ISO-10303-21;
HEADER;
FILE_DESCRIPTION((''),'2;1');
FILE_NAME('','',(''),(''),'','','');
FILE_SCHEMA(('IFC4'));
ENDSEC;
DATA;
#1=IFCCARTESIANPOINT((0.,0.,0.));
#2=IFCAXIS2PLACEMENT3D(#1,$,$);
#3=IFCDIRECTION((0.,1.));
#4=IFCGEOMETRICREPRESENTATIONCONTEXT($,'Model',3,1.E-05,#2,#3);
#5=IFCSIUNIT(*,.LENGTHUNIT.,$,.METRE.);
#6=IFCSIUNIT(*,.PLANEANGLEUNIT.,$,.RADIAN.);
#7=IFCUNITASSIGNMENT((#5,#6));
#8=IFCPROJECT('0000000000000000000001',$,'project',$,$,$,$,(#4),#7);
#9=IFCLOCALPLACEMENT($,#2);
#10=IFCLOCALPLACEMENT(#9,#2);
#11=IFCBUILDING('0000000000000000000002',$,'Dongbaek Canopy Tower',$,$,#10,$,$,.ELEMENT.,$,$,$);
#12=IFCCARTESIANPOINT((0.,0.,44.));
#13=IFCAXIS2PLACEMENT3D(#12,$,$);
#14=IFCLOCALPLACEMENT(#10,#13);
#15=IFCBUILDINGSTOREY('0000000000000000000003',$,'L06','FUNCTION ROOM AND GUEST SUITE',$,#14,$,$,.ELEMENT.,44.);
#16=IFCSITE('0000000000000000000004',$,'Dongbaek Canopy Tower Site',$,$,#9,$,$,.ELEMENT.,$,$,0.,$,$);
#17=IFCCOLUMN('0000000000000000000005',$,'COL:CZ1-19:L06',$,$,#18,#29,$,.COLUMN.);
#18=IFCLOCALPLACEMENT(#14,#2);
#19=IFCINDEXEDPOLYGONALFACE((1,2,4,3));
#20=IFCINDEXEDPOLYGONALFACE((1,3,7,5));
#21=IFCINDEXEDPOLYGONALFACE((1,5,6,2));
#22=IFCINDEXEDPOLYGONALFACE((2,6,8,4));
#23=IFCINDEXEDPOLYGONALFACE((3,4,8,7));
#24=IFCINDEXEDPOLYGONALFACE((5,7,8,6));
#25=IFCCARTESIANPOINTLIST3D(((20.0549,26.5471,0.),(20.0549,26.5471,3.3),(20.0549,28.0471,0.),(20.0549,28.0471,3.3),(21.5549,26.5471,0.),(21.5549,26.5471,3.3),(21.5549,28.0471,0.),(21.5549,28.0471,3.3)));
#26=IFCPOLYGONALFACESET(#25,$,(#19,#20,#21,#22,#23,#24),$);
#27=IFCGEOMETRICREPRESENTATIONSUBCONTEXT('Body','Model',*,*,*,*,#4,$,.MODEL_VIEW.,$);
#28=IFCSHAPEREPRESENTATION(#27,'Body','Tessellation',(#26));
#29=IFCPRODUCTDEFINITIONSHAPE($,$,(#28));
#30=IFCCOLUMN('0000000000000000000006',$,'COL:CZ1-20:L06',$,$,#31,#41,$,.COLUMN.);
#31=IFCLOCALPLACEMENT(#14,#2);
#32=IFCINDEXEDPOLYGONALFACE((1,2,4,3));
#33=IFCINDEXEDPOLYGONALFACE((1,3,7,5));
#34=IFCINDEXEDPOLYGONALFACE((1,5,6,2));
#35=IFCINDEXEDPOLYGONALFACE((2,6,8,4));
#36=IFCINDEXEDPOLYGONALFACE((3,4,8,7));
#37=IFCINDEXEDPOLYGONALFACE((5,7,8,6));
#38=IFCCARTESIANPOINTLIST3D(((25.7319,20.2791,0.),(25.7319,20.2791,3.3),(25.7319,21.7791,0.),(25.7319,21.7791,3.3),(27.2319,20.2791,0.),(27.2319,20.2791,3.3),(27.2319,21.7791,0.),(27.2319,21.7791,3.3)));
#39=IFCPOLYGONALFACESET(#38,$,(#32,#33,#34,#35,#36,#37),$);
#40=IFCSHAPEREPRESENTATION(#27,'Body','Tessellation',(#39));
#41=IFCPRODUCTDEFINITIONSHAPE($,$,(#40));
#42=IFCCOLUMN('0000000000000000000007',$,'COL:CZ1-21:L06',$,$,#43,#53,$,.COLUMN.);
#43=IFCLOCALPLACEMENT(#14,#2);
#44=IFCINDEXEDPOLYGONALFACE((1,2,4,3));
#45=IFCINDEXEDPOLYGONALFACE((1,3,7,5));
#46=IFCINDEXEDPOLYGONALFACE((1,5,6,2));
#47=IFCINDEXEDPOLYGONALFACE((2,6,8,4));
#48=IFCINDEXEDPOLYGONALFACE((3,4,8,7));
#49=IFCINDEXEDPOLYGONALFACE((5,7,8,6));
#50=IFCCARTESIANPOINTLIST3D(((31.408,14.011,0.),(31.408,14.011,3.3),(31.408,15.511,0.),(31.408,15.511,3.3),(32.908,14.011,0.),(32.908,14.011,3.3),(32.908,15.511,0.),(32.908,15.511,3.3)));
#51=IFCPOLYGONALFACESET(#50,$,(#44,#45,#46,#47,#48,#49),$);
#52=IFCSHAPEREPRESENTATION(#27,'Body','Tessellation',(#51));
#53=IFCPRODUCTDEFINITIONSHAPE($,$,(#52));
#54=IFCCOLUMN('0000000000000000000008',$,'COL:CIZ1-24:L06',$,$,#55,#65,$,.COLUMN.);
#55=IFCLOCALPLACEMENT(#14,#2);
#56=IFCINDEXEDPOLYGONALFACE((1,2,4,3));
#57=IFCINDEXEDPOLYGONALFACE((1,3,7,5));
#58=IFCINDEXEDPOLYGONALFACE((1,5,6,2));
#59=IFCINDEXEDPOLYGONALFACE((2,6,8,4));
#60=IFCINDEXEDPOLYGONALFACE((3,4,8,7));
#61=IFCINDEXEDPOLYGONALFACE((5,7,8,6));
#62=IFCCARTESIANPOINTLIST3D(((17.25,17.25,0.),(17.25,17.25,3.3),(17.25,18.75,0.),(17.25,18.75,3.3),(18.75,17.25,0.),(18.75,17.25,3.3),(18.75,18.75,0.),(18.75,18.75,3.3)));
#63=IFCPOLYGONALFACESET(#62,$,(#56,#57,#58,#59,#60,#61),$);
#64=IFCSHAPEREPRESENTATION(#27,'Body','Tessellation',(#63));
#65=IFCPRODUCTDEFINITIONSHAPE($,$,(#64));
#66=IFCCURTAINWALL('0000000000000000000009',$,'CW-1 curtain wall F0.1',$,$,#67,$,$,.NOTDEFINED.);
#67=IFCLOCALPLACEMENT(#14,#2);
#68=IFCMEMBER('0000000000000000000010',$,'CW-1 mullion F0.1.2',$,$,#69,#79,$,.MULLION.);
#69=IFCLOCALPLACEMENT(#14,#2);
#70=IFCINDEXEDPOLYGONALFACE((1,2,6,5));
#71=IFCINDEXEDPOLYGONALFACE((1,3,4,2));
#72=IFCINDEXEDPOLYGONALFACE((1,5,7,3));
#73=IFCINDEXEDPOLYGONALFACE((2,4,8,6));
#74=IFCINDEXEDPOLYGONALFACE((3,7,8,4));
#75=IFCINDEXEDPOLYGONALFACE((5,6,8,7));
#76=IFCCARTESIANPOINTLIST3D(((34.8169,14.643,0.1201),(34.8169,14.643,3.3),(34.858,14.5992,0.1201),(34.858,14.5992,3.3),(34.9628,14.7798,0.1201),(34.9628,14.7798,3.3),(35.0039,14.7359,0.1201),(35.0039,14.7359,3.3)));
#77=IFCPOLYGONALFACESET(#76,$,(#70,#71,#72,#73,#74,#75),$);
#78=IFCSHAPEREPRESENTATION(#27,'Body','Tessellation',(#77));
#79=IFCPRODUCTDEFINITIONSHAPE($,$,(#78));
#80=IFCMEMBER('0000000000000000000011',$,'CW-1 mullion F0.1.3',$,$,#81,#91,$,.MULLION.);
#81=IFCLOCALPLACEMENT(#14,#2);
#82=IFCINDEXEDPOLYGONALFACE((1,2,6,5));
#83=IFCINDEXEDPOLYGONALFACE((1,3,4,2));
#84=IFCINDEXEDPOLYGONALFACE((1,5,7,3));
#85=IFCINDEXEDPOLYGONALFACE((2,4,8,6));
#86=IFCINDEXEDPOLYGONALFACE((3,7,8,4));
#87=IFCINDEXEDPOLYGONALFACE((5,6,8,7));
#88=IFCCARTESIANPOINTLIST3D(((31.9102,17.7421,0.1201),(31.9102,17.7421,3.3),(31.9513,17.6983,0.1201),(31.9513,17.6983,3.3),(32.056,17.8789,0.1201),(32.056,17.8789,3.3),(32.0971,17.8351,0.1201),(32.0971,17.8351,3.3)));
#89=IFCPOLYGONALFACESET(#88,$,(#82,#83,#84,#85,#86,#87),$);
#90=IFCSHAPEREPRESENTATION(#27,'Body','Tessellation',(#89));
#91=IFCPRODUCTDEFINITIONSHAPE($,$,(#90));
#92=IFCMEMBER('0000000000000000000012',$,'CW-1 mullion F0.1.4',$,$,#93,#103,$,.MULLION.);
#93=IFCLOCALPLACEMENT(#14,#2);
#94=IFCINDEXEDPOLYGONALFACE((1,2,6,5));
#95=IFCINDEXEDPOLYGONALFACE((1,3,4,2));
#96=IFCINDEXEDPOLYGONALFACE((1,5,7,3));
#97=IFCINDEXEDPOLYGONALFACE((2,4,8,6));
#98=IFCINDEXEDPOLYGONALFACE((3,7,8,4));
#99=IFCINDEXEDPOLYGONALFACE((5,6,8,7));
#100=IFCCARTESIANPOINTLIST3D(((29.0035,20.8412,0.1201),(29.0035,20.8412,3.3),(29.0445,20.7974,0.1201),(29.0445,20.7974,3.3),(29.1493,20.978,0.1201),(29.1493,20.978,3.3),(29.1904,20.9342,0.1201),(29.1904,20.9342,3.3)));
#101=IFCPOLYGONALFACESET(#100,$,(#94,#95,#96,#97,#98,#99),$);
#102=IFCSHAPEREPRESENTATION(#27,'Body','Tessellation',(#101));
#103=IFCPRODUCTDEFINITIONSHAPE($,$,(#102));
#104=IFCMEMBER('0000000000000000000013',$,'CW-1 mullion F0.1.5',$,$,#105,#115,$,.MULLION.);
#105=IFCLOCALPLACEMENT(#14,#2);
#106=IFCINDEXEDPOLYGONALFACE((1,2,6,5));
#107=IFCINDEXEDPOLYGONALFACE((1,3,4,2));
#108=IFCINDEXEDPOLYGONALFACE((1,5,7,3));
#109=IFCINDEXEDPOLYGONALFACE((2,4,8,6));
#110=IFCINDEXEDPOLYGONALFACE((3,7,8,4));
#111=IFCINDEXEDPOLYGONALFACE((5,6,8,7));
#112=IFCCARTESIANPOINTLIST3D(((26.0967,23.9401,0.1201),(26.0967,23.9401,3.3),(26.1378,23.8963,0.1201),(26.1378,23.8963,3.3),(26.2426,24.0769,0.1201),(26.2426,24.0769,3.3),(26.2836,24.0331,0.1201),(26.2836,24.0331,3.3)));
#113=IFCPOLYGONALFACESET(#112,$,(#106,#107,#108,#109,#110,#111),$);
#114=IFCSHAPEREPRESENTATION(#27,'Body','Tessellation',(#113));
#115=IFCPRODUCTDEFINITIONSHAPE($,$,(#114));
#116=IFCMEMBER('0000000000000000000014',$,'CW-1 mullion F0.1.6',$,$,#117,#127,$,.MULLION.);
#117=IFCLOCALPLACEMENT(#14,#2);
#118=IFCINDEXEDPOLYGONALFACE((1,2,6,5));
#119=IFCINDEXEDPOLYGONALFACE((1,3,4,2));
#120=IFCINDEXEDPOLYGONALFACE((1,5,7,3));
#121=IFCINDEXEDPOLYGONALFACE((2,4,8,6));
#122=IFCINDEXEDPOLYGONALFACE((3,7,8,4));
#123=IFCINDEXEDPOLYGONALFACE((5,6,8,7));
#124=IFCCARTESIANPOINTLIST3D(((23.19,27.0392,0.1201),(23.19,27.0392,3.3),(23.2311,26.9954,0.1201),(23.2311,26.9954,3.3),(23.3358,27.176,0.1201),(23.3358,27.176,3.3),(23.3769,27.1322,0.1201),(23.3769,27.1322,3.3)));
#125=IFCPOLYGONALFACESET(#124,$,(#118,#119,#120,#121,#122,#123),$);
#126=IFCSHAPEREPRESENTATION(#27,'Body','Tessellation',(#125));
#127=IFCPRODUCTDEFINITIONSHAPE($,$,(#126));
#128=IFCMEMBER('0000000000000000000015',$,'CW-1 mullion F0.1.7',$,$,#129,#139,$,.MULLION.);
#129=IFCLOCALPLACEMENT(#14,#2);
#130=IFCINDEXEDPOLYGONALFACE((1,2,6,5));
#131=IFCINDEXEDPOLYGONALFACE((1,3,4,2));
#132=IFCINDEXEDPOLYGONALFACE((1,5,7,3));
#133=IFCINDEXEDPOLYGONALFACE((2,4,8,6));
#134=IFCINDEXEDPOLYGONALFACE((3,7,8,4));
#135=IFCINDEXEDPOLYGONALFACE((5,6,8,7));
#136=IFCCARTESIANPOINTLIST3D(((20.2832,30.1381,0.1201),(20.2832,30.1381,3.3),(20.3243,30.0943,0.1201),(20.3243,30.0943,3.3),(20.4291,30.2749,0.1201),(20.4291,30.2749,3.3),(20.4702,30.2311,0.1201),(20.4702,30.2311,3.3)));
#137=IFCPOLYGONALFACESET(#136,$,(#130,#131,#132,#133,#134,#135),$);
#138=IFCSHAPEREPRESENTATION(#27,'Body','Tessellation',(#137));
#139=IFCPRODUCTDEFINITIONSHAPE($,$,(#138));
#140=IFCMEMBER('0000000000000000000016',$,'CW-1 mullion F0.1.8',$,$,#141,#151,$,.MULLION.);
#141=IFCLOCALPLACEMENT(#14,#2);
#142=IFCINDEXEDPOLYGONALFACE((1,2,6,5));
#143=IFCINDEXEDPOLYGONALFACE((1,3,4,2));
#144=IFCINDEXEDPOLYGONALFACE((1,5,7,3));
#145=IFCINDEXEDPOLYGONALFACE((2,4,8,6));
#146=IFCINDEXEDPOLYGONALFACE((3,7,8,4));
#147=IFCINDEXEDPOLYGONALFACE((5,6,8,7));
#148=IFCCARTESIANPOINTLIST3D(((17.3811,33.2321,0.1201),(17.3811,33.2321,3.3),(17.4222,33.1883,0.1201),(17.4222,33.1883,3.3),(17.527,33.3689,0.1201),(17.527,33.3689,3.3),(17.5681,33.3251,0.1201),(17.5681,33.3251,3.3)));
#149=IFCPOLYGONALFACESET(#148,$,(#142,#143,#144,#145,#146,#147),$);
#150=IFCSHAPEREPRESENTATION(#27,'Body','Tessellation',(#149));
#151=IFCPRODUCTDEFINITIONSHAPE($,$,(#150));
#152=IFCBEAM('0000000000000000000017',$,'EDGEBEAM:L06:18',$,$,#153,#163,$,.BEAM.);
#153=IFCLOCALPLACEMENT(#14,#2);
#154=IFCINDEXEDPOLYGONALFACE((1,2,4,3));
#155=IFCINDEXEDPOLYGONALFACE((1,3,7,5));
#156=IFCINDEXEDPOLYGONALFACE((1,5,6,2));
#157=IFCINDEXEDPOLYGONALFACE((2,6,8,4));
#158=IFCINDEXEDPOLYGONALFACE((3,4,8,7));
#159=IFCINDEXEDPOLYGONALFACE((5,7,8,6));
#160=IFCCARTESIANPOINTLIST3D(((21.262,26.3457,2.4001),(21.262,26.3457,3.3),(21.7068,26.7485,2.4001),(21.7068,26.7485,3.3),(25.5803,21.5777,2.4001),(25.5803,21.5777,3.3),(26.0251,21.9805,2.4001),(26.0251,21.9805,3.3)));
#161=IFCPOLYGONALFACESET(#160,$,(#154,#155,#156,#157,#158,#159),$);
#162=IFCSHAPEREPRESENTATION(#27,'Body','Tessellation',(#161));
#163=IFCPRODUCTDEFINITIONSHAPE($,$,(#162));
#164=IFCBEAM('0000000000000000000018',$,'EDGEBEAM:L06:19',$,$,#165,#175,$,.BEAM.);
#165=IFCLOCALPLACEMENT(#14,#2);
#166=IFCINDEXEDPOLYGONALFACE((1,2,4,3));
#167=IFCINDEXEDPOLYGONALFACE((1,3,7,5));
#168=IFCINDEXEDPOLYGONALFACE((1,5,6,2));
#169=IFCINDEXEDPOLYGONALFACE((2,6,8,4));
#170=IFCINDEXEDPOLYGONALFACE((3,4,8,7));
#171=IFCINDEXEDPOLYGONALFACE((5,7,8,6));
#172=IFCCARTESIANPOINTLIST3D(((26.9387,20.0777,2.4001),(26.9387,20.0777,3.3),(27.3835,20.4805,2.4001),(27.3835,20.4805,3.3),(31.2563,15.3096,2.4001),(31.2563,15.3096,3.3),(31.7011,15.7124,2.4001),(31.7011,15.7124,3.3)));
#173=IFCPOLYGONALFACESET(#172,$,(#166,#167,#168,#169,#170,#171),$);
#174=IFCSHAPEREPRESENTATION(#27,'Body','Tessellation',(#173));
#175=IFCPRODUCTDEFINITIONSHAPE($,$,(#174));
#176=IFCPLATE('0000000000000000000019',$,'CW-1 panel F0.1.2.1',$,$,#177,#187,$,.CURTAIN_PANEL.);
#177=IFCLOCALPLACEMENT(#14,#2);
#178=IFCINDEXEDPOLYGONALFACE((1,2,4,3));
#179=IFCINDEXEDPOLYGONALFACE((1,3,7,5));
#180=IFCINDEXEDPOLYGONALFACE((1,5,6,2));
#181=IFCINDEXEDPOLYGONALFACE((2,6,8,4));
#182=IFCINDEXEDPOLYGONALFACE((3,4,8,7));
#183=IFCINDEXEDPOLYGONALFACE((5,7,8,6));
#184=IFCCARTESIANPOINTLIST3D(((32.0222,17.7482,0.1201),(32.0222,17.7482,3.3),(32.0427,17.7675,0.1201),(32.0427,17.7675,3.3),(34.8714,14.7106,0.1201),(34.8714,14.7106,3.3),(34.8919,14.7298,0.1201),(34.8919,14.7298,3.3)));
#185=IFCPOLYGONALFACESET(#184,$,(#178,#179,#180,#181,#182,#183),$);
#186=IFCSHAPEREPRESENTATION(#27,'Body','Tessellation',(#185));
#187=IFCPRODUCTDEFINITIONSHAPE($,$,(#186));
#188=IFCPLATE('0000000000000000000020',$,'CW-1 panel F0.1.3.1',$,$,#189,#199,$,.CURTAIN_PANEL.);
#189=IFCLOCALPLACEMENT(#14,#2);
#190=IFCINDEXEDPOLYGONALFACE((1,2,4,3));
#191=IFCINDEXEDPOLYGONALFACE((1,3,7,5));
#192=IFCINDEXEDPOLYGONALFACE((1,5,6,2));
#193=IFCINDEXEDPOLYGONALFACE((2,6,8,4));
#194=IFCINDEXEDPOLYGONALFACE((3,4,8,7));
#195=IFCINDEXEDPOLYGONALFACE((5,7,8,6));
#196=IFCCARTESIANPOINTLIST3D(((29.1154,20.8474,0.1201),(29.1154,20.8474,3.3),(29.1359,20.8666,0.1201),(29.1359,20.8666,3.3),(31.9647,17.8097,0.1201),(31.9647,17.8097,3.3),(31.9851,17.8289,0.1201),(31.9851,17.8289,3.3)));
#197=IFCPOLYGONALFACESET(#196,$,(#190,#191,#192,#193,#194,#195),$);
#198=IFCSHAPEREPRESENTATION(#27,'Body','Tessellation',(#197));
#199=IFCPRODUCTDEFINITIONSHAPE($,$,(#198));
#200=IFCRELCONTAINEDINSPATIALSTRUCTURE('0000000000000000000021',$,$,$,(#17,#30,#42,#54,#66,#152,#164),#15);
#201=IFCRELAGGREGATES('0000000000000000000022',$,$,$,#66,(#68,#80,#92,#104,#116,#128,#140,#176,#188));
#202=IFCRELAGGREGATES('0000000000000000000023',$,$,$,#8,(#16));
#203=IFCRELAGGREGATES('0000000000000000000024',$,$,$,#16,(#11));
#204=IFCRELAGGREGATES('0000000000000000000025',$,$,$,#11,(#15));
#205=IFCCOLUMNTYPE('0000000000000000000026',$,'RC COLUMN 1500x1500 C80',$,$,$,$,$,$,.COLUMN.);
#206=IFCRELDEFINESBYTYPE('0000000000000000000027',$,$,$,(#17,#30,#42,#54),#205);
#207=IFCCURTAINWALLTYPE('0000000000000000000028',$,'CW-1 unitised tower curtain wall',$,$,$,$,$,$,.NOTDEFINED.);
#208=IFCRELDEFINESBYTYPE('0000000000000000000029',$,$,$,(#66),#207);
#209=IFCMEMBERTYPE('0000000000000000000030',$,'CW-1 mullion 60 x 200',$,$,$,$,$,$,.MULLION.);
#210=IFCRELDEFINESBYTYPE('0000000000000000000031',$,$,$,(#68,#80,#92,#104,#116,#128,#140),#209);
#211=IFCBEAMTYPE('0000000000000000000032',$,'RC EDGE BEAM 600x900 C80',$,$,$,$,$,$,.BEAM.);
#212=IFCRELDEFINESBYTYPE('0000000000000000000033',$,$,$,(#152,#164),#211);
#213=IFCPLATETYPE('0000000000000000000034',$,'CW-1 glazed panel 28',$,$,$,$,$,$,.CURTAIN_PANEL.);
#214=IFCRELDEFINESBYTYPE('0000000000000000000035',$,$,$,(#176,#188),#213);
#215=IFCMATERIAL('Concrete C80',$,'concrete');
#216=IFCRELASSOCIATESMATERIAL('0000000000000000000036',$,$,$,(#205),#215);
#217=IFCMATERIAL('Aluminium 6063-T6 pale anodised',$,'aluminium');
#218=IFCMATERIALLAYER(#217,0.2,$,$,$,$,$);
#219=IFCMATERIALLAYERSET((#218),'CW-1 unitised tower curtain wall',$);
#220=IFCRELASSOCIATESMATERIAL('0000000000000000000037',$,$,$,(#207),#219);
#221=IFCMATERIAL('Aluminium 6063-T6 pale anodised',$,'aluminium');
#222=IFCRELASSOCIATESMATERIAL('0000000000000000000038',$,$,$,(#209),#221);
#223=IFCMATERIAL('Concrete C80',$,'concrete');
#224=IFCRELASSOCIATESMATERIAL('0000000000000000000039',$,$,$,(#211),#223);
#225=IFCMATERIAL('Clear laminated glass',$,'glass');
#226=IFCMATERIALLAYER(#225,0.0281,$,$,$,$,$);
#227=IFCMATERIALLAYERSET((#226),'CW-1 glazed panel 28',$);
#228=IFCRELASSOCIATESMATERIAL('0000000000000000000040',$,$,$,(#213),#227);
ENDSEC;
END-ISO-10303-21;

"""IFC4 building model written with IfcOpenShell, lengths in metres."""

from ifc_helpers import new_model, si_unit, direction, frame, origin, origin_2d, place, context, subcontext, project, spatial, rectangle, extrude, material, layer, layer_set, material_profile, profile_set, type_object, element, aggregate, save


model = new_model("IFC4")

# Units and contexts
model_context = context("Model", 3, precision=1e-05, world=origin(), true_north=direction((0.0, 1.0)))
body_context = subcontext(model_context, "Body", "Model", "MODEL_VIEW")
ifc_project = project(units=[si_unit("LENGTHUNIT", "METRE"), si_unit("PLANEANGLEUNIT", "RADIAN")], contexts=[model_context])

# Site, building, storey
site_placement = place(None, origin())
site = spatial("IfcSite", under=ifc_project, at=site_placement, Name="Dongbaek Canopy Tower Site", CompositionType="ELEMENT", RefElevation=0.0)
building_placement = place(site_placement, origin())
building = spatial("IfcBuilding", under=site, at=building_placement, Name="Dongbaek Canopy Tower", CompositionType="ELEMENT")
storey_placement = place(building_placement, frame((0.0, 0.0, 44.0)))
storey = spatial("IfcBuildingStorey", under=building, at=storey_placement, Name="L06", Description="FUNCTION ROOM AND GUEST SUITE", CompositionType="ELEMENT", Elevation=44.0)

# Columns
ifc_material_1 = material(Name="Concrete C80", Category="concrete")
ifc_material_profile_1 = material_profile(ifc_material_1, rectangle(XDim=1.5, YDim=1.5, at=origin_2d()), Name="RC COLUMN 1500x1500 C80")
ifc_profile_set_1 = profile_set([ifc_material_profile_1], Name="Concrete C80")
column_type = type_object("IfcColumnType", Name="RC COLUMN 1500x1500 C80", PredefinedType="COLUMN", material=ifc_profile_set_1)
for number, where, z_axis, x_axis, name in (
    (1, (20.8049, 27.2971, 0.0), (0.0, 0.0, 1.0), (1.0, 0.0, 0.0), "COL:CZ1-19:L06"),
    (2, (26.4819, 21.0291, 0.0), (0.0, 0.0, 1.0), (1.0, 0.0, 0.0), "COL:CZ1-20:L06"),
    (3, (32.158, 14.761, 0.0), (0.0, 0.0, 1.0), (1.0, 0.0, 0.0), "COL:CZ1-21:L06"),
    (4, (18.0, 18.0, 0.0), (0.0, 0.0, 1.0), (1.0, 0.0, 0.0), "COL:CIZ1-24:L06"),
):
    element("IfcColumn", number, at=place(storey_placement, frame(where, z_axis=z_axis, x_axis=x_axis)), inside=storey, type_object=column_type, Name=name, PredefinedType="COLUMN", context=body_context, shape_type="SweptSolid", body=[
        extrude(rectangle(XDim=1.5, YDim=1.5, at=origin_2d()), origin(), (0.0, 0.0, 1.0), 3.3),
    ])

# Curtain wall, members
ifc_material_2 = material(Name="Aluminium 6063-T6 pale anodised", Category="aluminium")
ifc_layer_1 = layer(ifc_material_2, 0.2)
ifc_layer_set_1 = layer_set([ifc_layer_1], Name="CW-1 unitised tower curtain wall")
curtain_wall_type = type_object("IfcCurtainWallType", Name="CW-1 unitised tower curtain wall", PredefinedType="NOTDEFINED", material=ifc_layer_set_1)
curtain_wall_placement = place(storey_placement, origin())
curtain_wall = element("IfcCurtainWall", 5, at=curtain_wall_placement, inside=storey, type_object=curtain_wall_type, Name="CW-1 curtain wall F0.1", PredefinedType="NOTDEFINED")
ifc_material_3 = material(Name="Aluminium 6063-T6 pale anodised", Category="aluminium")
ifc_material_profile_2 = material_profile(ifc_material_3, rectangle(XDim=0.2, YDim=0.0601, at=origin_2d()), Name="CW-1 mullion 60 x 200")
ifc_profile_set_2 = profile_set([ifc_material_profile_2], Name="Aluminium 6063-T6 pale anodised")
member_type = type_object("IfcMemberType", Name="CW-1 mullion 60 x 200", PredefinedType="MULLION", material=ifc_profile_set_2)
member_1_placement = place(storey_placement, frame((34.9104, 14.6895, 0.1201), z_axis=(0.0, 0.0, 1.0), x_axis=(0.729369, 0.68412, 0.0)))
member_1 = element("IfcMember", 6, at=member_1_placement, type_object=member_type, Name="CW-1 mullion F0.1.2", PredefinedType="MULLION", context=body_context, shape_type="SweptSolid", body=[
    extrude(rectangle(XDim=0.2, YDim=0.0601, at=origin_2d()), origin(), (0.0, 0.0, 1.0), 3.1799),
])
member_2_placement = place(storey_placement, frame((32.0037, 17.7886, 0.1201), z_axis=(0.0, 0.0, 1.0), x_axis=(0.729369, 0.68412, 0.0)))
member_2 = element("IfcMember", 7, at=member_2_placement, type_object=member_type, Name="CW-1 mullion F0.1.3", PredefinedType="MULLION", context=body_context, shape_type="SweptSolid", body=[
    extrude(rectangle(XDim=0.2, YDim=0.0601, at=origin_2d()), origin(), (0.0, 0.0, 1.0), 3.1799),
])
member_3_placement = place(storey_placement, frame((29.0969, 20.8877, 0.1201), z_axis=(0.0, 0.0, 1.0), x_axis=(0.729369, 0.68412, 0.0)))
member_3 = element("IfcMember", 8, at=member_3_placement, type_object=member_type, Name="CW-1 mullion F0.1.4", PredefinedType="MULLION", context=body_context, shape_type="SweptSolid", body=[
    extrude(rectangle(XDim=0.2, YDim=0.0601, at=origin_2d()), origin(), (0.0, 0.0, 1.0), 3.1799),
])
member_4_placement = place(storey_placement, frame((26.1902, 23.9866, 0.1201), z_axis=(0.0, 0.0, 1.0), x_axis=(0.729369, 0.68412, 0.0)))
member_4 = element("IfcMember", 9, at=member_4_placement, type_object=member_type, Name="CW-1 mullion F0.1.5", PredefinedType="MULLION", context=body_context, shape_type="SweptSolid", body=[
    extrude(rectangle(XDim=0.2, YDim=0.0601, at=origin_2d()), origin(), (0.0, 0.0, 1.0), 3.1799),
])
member_5_placement = place(storey_placement, frame((23.2834, 27.0857, 0.1201), z_axis=(0.0, 0.0, 1.0), x_axis=(0.729369, 0.68412, 0.0)))
member_5 = element("IfcMember", 10, at=member_5_placement, type_object=member_type, Name="CW-1 mullion F0.1.6", PredefinedType="MULLION", context=body_context, shape_type="SweptSolid", body=[
    extrude(rectangle(XDim=0.2, YDim=0.0601, at=origin_2d()), origin(), (0.0, 0.0, 1.0), 3.1799),
])
member_6_placement = place(storey_placement, frame((20.3767, 30.1846, 0.1201), z_axis=(0.0, 0.0, 1.0), x_axis=(0.729369, 0.68412, 0.0)))
member_6 = element("IfcMember", 11, at=member_6_placement, type_object=member_type, Name="CW-1 mullion F0.1.7", PredefinedType="MULLION", context=body_context, shape_type="SweptSolid", body=[
    extrude(rectangle(XDim=0.2, YDim=0.0601, at=origin_2d()), origin(), (0.0, 0.0, 1.0), 3.1799),
])
member_7_placement = place(storey_placement, frame((17.4746, 33.2786, 0.1201), z_axis=(0.0, 0.0, 1.0), x_axis=(0.729369, 0.68412, 0.0)))
member_7 = element("IfcMember", 12, at=member_7_placement, type_object=member_type, Name="CW-1 mullion F0.1.8", PredefinedType="MULLION", context=body_context, shape_type="SweptSolid", body=[
    extrude(rectangle(XDim=0.2, YDim=0.0601, at=origin_2d()), origin(), (0.0, 0.0, 1.0), 3.1799),
])

# Beams
ifc_material_4 = material(Name="Concrete C80", Category="concrete")
ifc_material_profile_3 = material_profile(ifc_material_4, rectangle(XDim=0.6001, YDim=0.8999, at=origin_2d()), Name="RC EDGE BEAM 600x900 C80")
ifc_profile_set_3 = profile_set([ifc_material_profile_3], Name="Concrete C80")
beam_type = type_object("IfcBeamType", Name="RC EDGE BEAM 600x900 C80", PredefinedType="BEAM", material=ifc_profile_set_3)
beam_1_placement = place(storey_placement, frame((21.4844, 26.5471, 2.8501), z_axis=(0.671289, -0.741196, 0.0), x_axis=(0.741196, 0.671289, 0.0)))
element("IfcBeam", 13, at=beam_1_placement, inside=storey, type_object=beam_type, Name="EDGEBEAM:L06:18", PredefinedType="BEAM", context=body_context, shape_type="SweptSolid", body=[
    extrude(rectangle(XDim=0.6001, YDim=0.8999, at=origin_2d()), origin(), (0.0, 0.0, 1.0), 6.4329),
])
beam_2_placement = place(storey_placement, frame((27.1611, 20.2791, 2.8501), z_axis=(0.671226, -0.741252, 0.0), x_axis=(0.741252, 0.671226, 0.0)))
element("IfcBeam", 14, at=beam_2_placement, inside=storey, type_object=beam_type, Name="EDGEBEAM:L06:19", PredefinedType="BEAM", context=body_context, shape_type="SweptSolid", body=[
    extrude(rectangle(XDim=0.6001, YDim=0.8999, at=origin_2d()), origin(), (0.0, 0.0, 1.0), 6.4324),
])

# Plates
ifc_material_5 = material(Name="Clear laminated glass", Category="glass")
ifc_layer_2 = layer(ifc_material_5, 0.0281)
ifc_layer_set_2 = layer_set([ifc_layer_2], Name="CW-1 glazed panel 28")
plate_type = type_object("IfcPlateType", Name="CW-1 glazed panel 28", PredefinedType="CURTAIN_PANEL", material=ifc_layer_set_2)
plate_1_placement = place(storey_placement, frame((33.457, 16.239, 0.1201), z_axis=(0.0, 0.0, 1.0), x_axis=(-0.68412, 0.729369, 0.0)))
plate_1 = element("IfcPlate", 15, at=plate_1_placement, type_object=plate_type, Name="CW-1 panel F0.1.2.1", PredefinedType="CURTAIN_PANEL", context=body_context, shape_type="SweptSolid", body=[
    extrude(rectangle(XDim=4.1648, YDim=0.0281, at=origin_2d()), origin(), (0.0, 0.0, 1.0), 3.1799),
])
plate_2_placement = place(storey_placement, frame((30.5503, 19.3381, 0.1201), z_axis=(0.0, 0.0, 1.0), x_axis=(-0.68412, 0.729369, 0.0)))
plate_2 = element("IfcPlate", 16, at=plate_2_placement, type_object=plate_type, Name="CW-1 panel F0.1.3.1", PredefinedType="CURTAIN_PANEL", context=body_context, shape_type="SweptSolid", body=[
    extrude(rectangle(XDim=4.1648, YDim=0.0281, at=origin_2d()), origin(), (0.0, 0.0, 1.0), 3.1799),
])

aggregate(curtain_wall, [member_1, member_2, member_3, member_4, member_5, member_6, member_7, plate_1, plate_2])

save(model, "model.ifc")
